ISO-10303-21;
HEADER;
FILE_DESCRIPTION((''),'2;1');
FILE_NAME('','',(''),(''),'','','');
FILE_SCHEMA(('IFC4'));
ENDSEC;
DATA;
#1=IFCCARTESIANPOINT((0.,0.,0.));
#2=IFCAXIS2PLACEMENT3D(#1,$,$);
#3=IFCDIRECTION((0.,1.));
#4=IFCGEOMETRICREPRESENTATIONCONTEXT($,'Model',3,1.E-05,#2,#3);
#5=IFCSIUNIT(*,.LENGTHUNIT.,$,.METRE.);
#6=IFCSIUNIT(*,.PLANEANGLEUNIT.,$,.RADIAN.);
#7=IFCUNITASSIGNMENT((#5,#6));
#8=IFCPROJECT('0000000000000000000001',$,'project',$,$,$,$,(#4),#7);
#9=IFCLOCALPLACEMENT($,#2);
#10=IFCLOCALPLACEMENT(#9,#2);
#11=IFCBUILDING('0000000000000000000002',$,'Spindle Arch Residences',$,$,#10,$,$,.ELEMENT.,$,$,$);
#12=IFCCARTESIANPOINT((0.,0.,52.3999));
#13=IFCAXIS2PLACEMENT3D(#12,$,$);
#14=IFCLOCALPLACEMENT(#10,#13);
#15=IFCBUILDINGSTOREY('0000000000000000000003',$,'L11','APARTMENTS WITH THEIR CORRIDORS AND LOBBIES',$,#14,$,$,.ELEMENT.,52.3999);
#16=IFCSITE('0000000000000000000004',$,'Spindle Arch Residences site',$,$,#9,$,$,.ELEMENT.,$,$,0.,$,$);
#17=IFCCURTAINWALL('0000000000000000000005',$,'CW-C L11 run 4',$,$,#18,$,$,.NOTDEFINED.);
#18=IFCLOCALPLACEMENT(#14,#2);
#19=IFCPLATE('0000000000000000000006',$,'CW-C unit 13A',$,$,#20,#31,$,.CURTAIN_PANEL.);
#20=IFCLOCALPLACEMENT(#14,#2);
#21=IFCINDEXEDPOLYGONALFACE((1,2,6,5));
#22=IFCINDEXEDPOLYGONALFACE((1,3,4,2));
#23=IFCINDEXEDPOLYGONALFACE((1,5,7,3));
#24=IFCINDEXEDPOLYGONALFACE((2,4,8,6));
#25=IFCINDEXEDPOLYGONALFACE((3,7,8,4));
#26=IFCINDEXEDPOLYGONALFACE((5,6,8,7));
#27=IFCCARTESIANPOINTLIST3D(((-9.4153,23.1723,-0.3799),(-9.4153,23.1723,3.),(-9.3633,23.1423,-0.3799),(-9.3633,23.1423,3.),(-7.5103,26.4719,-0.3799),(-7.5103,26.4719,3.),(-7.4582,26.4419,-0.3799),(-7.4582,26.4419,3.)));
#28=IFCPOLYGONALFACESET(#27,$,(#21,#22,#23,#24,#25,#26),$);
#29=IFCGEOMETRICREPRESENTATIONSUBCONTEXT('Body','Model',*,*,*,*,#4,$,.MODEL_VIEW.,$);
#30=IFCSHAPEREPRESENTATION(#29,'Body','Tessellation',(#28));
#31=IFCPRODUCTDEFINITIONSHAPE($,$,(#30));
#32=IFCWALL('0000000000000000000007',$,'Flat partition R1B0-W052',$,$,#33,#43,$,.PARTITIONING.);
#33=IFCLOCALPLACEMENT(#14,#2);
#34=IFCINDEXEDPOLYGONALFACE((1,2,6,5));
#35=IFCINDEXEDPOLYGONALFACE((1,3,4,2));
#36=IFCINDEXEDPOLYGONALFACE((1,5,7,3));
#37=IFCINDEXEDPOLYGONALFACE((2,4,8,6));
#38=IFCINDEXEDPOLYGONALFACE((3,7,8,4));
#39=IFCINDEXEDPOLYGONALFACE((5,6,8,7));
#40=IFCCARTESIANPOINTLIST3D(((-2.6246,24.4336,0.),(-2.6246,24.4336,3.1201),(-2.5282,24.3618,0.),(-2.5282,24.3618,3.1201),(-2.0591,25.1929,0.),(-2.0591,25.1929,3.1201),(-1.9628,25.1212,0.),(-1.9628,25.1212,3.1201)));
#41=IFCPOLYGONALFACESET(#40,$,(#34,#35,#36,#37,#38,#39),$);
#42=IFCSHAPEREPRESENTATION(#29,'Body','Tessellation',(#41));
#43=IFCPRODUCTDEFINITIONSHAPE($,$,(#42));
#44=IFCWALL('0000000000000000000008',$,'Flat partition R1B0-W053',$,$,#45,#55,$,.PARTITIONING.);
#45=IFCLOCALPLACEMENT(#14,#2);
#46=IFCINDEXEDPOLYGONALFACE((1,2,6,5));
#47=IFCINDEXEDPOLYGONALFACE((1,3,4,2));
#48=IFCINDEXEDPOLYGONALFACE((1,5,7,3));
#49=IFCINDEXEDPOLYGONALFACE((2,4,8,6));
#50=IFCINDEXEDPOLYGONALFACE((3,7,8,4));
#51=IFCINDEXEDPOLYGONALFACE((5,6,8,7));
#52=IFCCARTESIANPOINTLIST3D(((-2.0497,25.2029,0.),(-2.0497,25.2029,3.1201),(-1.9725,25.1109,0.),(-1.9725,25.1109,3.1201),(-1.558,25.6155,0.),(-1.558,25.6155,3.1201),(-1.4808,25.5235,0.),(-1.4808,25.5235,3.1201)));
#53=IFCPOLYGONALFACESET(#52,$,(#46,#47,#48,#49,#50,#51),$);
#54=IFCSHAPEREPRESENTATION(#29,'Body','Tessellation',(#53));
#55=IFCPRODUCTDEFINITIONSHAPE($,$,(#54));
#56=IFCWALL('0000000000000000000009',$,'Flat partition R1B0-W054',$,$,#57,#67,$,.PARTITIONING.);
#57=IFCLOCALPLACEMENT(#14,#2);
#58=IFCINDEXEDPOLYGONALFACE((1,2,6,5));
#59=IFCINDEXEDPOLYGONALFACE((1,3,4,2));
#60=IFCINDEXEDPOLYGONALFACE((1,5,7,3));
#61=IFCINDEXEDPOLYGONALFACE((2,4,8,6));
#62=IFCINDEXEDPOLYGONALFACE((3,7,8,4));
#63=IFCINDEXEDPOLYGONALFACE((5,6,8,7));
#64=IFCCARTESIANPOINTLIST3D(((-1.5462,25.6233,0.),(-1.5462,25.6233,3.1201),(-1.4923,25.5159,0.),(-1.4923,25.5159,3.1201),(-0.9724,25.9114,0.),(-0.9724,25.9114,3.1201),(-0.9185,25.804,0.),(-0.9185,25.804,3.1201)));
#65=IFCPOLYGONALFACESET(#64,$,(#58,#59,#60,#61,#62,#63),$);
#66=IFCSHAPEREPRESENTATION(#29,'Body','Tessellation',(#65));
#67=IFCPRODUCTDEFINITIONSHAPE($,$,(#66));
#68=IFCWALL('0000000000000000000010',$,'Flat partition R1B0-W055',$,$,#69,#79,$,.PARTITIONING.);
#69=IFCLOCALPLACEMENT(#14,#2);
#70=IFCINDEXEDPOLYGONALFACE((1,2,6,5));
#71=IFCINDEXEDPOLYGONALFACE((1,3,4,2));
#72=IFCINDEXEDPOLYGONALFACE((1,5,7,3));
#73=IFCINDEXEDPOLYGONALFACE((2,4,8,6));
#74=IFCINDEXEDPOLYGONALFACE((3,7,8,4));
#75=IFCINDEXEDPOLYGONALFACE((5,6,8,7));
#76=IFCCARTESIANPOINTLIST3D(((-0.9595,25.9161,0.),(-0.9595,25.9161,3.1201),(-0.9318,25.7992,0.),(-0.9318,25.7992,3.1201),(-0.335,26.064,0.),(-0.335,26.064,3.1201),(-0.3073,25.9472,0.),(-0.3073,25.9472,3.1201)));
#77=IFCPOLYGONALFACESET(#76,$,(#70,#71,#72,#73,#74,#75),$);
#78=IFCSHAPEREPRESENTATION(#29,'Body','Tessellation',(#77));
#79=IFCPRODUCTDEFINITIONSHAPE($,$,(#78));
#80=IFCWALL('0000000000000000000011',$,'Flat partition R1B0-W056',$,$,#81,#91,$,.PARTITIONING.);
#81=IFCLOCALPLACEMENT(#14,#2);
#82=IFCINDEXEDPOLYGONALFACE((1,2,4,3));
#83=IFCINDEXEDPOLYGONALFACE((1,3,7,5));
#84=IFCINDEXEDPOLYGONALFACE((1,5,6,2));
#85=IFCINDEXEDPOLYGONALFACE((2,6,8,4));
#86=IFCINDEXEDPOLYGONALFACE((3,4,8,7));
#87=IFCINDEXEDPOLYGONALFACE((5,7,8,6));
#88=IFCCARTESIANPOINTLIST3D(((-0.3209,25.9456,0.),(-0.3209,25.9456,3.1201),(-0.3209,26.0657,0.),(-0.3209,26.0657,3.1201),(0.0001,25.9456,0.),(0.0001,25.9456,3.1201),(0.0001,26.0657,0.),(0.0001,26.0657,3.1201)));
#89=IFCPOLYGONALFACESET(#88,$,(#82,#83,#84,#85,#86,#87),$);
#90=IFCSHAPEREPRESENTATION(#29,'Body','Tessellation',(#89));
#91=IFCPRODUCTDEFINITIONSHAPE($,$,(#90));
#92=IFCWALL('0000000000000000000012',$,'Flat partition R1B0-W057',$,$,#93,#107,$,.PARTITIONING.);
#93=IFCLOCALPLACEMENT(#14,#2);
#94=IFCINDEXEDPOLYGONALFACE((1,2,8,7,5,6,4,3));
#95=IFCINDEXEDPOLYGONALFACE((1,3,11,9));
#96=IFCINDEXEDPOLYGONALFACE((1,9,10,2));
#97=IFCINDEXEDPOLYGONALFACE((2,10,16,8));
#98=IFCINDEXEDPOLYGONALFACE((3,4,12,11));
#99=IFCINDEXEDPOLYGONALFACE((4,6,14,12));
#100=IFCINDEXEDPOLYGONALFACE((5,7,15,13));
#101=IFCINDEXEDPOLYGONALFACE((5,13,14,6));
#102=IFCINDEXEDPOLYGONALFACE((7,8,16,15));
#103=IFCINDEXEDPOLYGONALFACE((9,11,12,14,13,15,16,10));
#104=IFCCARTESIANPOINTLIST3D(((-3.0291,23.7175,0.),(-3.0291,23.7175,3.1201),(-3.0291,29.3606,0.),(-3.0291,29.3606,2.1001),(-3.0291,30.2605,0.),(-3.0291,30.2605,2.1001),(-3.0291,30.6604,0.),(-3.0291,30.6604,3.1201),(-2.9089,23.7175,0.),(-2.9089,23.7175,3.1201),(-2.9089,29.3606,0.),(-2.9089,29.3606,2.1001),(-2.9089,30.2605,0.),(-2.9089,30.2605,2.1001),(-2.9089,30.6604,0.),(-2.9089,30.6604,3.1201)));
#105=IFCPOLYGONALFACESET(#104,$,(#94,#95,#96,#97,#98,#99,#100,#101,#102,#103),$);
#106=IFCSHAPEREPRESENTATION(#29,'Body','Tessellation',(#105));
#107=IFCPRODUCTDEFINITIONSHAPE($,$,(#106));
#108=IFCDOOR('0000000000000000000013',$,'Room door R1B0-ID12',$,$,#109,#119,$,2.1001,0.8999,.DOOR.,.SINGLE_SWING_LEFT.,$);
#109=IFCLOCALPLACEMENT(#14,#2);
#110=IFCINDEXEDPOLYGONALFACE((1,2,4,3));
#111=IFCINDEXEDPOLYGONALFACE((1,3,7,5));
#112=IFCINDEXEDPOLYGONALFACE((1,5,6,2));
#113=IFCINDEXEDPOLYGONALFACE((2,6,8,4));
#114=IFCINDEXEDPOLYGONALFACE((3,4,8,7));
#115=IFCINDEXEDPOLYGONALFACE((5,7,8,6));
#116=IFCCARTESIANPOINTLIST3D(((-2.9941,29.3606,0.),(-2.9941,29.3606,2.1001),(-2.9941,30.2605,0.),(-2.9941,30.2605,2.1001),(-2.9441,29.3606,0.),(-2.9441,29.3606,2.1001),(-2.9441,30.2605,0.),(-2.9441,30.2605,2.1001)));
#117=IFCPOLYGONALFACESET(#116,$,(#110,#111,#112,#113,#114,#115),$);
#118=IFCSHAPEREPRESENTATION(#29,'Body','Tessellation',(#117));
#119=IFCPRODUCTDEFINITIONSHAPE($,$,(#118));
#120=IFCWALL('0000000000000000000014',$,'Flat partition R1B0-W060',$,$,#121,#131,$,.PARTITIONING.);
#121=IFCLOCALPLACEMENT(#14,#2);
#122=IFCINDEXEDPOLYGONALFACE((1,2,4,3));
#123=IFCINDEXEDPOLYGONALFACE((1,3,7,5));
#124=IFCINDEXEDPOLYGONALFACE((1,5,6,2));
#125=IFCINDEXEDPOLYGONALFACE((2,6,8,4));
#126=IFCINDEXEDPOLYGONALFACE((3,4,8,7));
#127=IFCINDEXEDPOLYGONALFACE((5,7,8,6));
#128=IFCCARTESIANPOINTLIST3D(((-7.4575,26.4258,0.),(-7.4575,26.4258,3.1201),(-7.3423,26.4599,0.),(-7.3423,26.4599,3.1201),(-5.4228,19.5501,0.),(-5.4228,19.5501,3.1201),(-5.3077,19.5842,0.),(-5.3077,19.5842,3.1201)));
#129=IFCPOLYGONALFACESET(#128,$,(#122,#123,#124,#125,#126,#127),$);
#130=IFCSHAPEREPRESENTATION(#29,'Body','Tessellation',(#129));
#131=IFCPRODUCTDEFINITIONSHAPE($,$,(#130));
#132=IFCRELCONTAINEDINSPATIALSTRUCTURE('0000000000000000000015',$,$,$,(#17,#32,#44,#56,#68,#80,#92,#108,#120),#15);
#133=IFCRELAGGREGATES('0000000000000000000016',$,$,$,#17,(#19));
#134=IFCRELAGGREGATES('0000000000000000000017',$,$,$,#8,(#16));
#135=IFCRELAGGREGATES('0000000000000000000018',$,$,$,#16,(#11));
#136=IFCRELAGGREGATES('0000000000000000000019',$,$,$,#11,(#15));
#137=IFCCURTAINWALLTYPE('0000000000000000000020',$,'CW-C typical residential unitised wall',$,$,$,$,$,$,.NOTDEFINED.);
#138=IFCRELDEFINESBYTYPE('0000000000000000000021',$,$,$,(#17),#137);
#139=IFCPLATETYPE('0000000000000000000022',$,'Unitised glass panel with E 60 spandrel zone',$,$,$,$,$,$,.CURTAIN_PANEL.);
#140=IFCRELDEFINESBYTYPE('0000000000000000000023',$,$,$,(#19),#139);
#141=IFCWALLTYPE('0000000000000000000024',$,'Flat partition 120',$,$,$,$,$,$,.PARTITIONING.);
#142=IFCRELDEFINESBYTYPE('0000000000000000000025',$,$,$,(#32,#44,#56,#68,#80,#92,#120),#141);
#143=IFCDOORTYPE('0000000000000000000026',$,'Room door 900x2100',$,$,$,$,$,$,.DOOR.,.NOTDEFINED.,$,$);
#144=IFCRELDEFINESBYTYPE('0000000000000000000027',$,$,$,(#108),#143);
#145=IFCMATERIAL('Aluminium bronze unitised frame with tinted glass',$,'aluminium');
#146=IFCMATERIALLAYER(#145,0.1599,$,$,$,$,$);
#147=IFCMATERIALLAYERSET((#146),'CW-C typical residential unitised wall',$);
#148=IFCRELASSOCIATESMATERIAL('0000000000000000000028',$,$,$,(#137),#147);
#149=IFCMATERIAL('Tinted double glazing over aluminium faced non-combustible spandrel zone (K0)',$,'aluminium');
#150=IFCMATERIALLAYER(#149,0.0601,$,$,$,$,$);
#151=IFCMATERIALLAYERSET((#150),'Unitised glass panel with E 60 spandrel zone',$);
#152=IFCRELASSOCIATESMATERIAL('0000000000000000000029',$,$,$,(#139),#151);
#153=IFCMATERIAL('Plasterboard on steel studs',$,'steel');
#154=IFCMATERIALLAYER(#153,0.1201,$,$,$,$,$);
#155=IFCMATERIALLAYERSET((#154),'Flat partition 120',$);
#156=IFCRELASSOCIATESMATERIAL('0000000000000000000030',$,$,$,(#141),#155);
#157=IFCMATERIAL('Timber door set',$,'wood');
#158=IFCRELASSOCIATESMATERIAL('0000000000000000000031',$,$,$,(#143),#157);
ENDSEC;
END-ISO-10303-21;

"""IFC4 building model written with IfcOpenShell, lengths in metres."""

from ifc_helpers import new_model, si_unit, direction, frame, frame_2d, origin, origin_2d, place, context, subcontext, project, spatial, rectangle, extrude, material, layer, layer_set, type_object, element, fill, aggregate, save


model = new_model("IFC4")

# Units and contexts
model_context = context("Model", 3, precision=1e-05, world=origin(), true_north=direction((0.0, 1.0)))
body_context = subcontext(model_context, "Body", "Model", "MODEL_VIEW")
ifc_project = project(units=[si_unit("LENGTHUNIT", "METRE"), si_unit("PLANEANGLEUNIT", "RADIAN")], contexts=[model_context])

# Site, building, storey
site_placement = place(None, origin())
site = spatial("IfcSite", under=ifc_project, at=site_placement, Name="Spindle Arch Residences site", CompositionType="ELEMENT", RefElevation=0.0)
building_placement = place(site_placement, origin())
building = spatial("IfcBuilding", under=site, at=building_placement, Name="Spindle Arch Residences", CompositionType="ELEMENT")
storey_placement = place(building_placement, frame((0.0, 0.0, 52.3999)))
storey = spatial("IfcBuildingStorey", under=building, at=storey_placement, Name="L11", Description="APARTMENTS WITH THEIR CORRIDORS AND LOBBIES", CompositionType="ELEMENT", Elevation=52.3999)

# Curtain wall
ifc_material_1 = material(Name="Aluminium bronze unitised frame with tinted glass", Category="aluminium")
ifc_layer_1 = layer(ifc_material_1, 0.1599)
ifc_layer_set_1 = layer_set([ifc_layer_1], Name="CW-C typical residential unitised wall")
curtain_wall_type_1 = type_object("IfcCurtainWallType", Name="CW-C typical residential unitised wall", PredefinedType="NOTDEFINED", material=ifc_layer_set_1)
curtain_wall_1_placement = place(storey_placement, origin())
curtain_wall_1 = element("IfcCurtainWall", 1, at=curtain_wall_1_placement, inside=storey, type_object=curtain_wall_type_1, Name="CW-C L11 run 4", PredefinedType="NOTDEFINED")

# Plate
ifc_material_2 = material(Name="Tinted double glazing over aluminium faced non-combustible spandrel zone (K0)", Category="aluminium")
ifc_layer_2 = layer(ifc_material_2, 0.0601)
ifc_layer_set_2 = layer_set([ifc_layer_2], Name="Unitised glass panel with E 60 spandrel zone")
plate_type = type_object("IfcPlateType", Name="Unitised glass panel with E 60 spandrel zone", PredefinedType="CURTAIN_PANEL", material=ifc_layer_set_2)
plate_1_placement = place(storey_placement, frame((-8.4368, 24.8071, -0.3799), z_axis=(0.0, 0.0, 1.0), x_axis=(-0.5, -0.866025, 0.0)))
plate_1 = element("IfcPlate", 2, at=plate_1_placement, type_object=plate_type, Name="CW-C unit 13A", PredefinedType="CURTAIN_PANEL", context=body_context, shape_type="SweptSolid", body=[
    extrude(rectangle(XDim=3.8101, YDim=0.0601, at=origin_2d()), origin(), (0.0, 0.0, 1.0), 3.3799),
])
aggregate(curtain_wall_1, [plate_1])

# Walls
ifc_material_3 = material(Name="Plasterboard on steel studs", Category="steel")
ifc_layer_3 = layer(ifc_material_3, 0.1201)
ifc_layer_set_3 = layer_set([ifc_layer_3], Name="Flat partition 120")
wall_type = type_object("IfcWallType", Name="Flat partition 120", PredefinedType="PARTITIONING", material=ifc_layer_set_3)
wall_1_placement = place(storey_placement, frame((-2.5764, 24.3977, 0.0), z_axis=(0.0, 0.0, 1.0), x_axis=(0.597273, 0.802038, 0.0)))
element("IfcWall", 3, at=wall_1_placement, inside=storey, type_object=wall_type, Name="Flat partition R1B0-W052", PredefinedType="PARTITIONING", context=body_context, shape_type="SweptSolid", body=[
    extrude(rectangle(XDim=0.9468, YDim=0.1201, at=frame_2d((0.4734, 0.0))), origin(), (0.0, 0.0, 1.0), 3.1201),
])
wall_2_placement = place(storey_placement, frame((-2.011, 25.157, 0.0), z_axis=(0.0, 0.0, 1.0), x_axis=(0.766034, 0.6428, 0.0)))
element("IfcWall", 4, at=wall_2_placement, inside=storey, type_object=wall_type, Name="Flat partition R1B0-W053", PredefinedType="PARTITIONING", context=body_context, shape_type="SweptSolid", body=[
    extrude(rectangle(XDim=0.6418, YDim=0.1201, at=frame_2d((0.3208, 0.0))), origin(), (0.0, 0.0, 1.0), 3.1201),
])
wall_3_placement = place(storey_placement, frame((-1.5193, 25.5696, 0.0), z_axis=(0.0, 0.0, 1.0), x_axis=(0.893665, 0.448734, 0.0)))
element("IfcWall", 5, at=wall_3_placement, inside=storey, type_object=wall_type, Name="Flat partition R1B0-W054", PredefinedType="PARTITIONING", context=body_context, shape_type="SweptSolid", body=[
    extrude(rectangle(XDim=0.6421, YDim=0.1201, at=frame_2d((0.321, 0.0))), origin(), (0.0, 0.0, 1.0), 3.1201),
])
wall_4_placement = place(storey_placement, frame((-0.9456, 25.8577, 0.0), z_axis=(0.0, 0.0, 1.0), x_axis=(0.973067, 0.230523, 0.0)))
element("IfcWall", 6, at=wall_4_placement, inside=storey, type_object=wall_type, Name="Flat partition R1B0-W055", PredefinedType="PARTITIONING", context=body_context, shape_type="SweptSolid", body=[
    extrude(rectangle(XDim=0.6418, YDim=0.1201, at=frame_2d((0.3208, 0.0))), origin(), (0.0, 0.0, 1.0), 3.1201),
])
wall_5_placement = place(storey_placement, frame((-0.321, 26.0056, 0.0), z_axis=(0.0, 0.0, 1.0), x_axis=(1.0, 0.0, 0.0)))
element("IfcWall", 7, at=wall_5_placement, inside=storey, type_object=wall_type, Name="Flat partition R1B0-W056", PredefinedType="PARTITIONING", context=body_context, shape_type="SweptSolid", body=[
    extrude(rectangle(XDim=0.321, YDim=0.1201, at=frame_2d((0.1606, 0.0))), origin(), (0.0, 0.0, 1.0), 3.1201),
])

# Wall, opening, door
wall_6_placement = place(storey_placement, frame((-2.969, 30.6604, 0.0), z_axis=(0.0, 0.0, 1.0), x_axis=(0.0, -1.0, 0.0)))
wall_6 = element("IfcWall", 8, at=wall_6_placement, inside=storey, type_object=wall_type, Name="Flat partition R1B0-W057", PredefinedType="PARTITIONING", context=body_context, shape_type="SweptSolid", body=[
    extrude(rectangle(XDim=6.9429, YDim=0.1201, at=frame_2d((3.4714, 0.0))), origin(), (0.0, 0.0, 1.0), 3.1201),
])
opening_placement = place(wall_6_placement, frame((0.3999, 0.0, 0.0)))
opening = element("IfcOpeningElement", 9, at=opening_placement, cuts=wall_6, PredefinedType="OPENING", context=body_context, shape_type="SweptSolid", body=[
    extrude(rectangle(XDim=0.8999, YDim=2.1001, at=frame_2d((0.45, 1.05))), frame((0.0, 0.0701, 0.0), z_axis=(0.0, -1.0, 0.0), x_axis=(1.0, 0.0, 0.0)), (0.0, 0.0, 1.0), 0.1401),
])
ifc_material_4 = material(Name="Timber door set", Category="wood")
door_type = type_object("IfcDoorType", Name="Room door 900x2100", OperationType="NOTDEFINED", PredefinedType="DOOR", material=ifc_material_4)
door_placement = place(opening_placement, origin())
door = element("IfcDoor", 10, at=door_placement, inside=storey, type_object=door_type, Name="Room door R1B0-ID12", OperationType="SINGLE_SWING_LEFT", OverallHeight=2.1001, OverallWidth=0.8999, PredefinedType="DOOR", context=body_context, shape_type="SweptSolid", body=[
    extrude(rectangle(XDim=0.8999, YDim=2.1001, at=frame_2d((0.45, 1.05))), frame((0.0, 0.0249, 0.0), z_axis=(0.0, -1.0, 0.0), x_axis=(1.0, 0.0, 0.0)), (0.0, 0.0, 1.0), 0.05),
])
fill(opening, door)

# Wall
wall_7_placement = place(storey_placement, frame((-7.3999, 26.4429, 0.0), z_axis=(0.0, 0.0, 1.0), x_axis=(0.283757, -0.958896, 0.0)))
element("IfcWall", 11, at=wall_7_placement, inside=storey, type_object=wall_type, Name="Flat partition R1B0-W060", PredefinedType="PARTITIONING", context=body_context, shape_type="SweptSolid", body=[
    extrude(rectangle(XDim=7.1704, YDim=0.1201, at=frame_2d((3.5852, 0.0))), origin(), (0.0, 0.0, 1.0), 3.1201),
])

save(model, "model.ifc")
